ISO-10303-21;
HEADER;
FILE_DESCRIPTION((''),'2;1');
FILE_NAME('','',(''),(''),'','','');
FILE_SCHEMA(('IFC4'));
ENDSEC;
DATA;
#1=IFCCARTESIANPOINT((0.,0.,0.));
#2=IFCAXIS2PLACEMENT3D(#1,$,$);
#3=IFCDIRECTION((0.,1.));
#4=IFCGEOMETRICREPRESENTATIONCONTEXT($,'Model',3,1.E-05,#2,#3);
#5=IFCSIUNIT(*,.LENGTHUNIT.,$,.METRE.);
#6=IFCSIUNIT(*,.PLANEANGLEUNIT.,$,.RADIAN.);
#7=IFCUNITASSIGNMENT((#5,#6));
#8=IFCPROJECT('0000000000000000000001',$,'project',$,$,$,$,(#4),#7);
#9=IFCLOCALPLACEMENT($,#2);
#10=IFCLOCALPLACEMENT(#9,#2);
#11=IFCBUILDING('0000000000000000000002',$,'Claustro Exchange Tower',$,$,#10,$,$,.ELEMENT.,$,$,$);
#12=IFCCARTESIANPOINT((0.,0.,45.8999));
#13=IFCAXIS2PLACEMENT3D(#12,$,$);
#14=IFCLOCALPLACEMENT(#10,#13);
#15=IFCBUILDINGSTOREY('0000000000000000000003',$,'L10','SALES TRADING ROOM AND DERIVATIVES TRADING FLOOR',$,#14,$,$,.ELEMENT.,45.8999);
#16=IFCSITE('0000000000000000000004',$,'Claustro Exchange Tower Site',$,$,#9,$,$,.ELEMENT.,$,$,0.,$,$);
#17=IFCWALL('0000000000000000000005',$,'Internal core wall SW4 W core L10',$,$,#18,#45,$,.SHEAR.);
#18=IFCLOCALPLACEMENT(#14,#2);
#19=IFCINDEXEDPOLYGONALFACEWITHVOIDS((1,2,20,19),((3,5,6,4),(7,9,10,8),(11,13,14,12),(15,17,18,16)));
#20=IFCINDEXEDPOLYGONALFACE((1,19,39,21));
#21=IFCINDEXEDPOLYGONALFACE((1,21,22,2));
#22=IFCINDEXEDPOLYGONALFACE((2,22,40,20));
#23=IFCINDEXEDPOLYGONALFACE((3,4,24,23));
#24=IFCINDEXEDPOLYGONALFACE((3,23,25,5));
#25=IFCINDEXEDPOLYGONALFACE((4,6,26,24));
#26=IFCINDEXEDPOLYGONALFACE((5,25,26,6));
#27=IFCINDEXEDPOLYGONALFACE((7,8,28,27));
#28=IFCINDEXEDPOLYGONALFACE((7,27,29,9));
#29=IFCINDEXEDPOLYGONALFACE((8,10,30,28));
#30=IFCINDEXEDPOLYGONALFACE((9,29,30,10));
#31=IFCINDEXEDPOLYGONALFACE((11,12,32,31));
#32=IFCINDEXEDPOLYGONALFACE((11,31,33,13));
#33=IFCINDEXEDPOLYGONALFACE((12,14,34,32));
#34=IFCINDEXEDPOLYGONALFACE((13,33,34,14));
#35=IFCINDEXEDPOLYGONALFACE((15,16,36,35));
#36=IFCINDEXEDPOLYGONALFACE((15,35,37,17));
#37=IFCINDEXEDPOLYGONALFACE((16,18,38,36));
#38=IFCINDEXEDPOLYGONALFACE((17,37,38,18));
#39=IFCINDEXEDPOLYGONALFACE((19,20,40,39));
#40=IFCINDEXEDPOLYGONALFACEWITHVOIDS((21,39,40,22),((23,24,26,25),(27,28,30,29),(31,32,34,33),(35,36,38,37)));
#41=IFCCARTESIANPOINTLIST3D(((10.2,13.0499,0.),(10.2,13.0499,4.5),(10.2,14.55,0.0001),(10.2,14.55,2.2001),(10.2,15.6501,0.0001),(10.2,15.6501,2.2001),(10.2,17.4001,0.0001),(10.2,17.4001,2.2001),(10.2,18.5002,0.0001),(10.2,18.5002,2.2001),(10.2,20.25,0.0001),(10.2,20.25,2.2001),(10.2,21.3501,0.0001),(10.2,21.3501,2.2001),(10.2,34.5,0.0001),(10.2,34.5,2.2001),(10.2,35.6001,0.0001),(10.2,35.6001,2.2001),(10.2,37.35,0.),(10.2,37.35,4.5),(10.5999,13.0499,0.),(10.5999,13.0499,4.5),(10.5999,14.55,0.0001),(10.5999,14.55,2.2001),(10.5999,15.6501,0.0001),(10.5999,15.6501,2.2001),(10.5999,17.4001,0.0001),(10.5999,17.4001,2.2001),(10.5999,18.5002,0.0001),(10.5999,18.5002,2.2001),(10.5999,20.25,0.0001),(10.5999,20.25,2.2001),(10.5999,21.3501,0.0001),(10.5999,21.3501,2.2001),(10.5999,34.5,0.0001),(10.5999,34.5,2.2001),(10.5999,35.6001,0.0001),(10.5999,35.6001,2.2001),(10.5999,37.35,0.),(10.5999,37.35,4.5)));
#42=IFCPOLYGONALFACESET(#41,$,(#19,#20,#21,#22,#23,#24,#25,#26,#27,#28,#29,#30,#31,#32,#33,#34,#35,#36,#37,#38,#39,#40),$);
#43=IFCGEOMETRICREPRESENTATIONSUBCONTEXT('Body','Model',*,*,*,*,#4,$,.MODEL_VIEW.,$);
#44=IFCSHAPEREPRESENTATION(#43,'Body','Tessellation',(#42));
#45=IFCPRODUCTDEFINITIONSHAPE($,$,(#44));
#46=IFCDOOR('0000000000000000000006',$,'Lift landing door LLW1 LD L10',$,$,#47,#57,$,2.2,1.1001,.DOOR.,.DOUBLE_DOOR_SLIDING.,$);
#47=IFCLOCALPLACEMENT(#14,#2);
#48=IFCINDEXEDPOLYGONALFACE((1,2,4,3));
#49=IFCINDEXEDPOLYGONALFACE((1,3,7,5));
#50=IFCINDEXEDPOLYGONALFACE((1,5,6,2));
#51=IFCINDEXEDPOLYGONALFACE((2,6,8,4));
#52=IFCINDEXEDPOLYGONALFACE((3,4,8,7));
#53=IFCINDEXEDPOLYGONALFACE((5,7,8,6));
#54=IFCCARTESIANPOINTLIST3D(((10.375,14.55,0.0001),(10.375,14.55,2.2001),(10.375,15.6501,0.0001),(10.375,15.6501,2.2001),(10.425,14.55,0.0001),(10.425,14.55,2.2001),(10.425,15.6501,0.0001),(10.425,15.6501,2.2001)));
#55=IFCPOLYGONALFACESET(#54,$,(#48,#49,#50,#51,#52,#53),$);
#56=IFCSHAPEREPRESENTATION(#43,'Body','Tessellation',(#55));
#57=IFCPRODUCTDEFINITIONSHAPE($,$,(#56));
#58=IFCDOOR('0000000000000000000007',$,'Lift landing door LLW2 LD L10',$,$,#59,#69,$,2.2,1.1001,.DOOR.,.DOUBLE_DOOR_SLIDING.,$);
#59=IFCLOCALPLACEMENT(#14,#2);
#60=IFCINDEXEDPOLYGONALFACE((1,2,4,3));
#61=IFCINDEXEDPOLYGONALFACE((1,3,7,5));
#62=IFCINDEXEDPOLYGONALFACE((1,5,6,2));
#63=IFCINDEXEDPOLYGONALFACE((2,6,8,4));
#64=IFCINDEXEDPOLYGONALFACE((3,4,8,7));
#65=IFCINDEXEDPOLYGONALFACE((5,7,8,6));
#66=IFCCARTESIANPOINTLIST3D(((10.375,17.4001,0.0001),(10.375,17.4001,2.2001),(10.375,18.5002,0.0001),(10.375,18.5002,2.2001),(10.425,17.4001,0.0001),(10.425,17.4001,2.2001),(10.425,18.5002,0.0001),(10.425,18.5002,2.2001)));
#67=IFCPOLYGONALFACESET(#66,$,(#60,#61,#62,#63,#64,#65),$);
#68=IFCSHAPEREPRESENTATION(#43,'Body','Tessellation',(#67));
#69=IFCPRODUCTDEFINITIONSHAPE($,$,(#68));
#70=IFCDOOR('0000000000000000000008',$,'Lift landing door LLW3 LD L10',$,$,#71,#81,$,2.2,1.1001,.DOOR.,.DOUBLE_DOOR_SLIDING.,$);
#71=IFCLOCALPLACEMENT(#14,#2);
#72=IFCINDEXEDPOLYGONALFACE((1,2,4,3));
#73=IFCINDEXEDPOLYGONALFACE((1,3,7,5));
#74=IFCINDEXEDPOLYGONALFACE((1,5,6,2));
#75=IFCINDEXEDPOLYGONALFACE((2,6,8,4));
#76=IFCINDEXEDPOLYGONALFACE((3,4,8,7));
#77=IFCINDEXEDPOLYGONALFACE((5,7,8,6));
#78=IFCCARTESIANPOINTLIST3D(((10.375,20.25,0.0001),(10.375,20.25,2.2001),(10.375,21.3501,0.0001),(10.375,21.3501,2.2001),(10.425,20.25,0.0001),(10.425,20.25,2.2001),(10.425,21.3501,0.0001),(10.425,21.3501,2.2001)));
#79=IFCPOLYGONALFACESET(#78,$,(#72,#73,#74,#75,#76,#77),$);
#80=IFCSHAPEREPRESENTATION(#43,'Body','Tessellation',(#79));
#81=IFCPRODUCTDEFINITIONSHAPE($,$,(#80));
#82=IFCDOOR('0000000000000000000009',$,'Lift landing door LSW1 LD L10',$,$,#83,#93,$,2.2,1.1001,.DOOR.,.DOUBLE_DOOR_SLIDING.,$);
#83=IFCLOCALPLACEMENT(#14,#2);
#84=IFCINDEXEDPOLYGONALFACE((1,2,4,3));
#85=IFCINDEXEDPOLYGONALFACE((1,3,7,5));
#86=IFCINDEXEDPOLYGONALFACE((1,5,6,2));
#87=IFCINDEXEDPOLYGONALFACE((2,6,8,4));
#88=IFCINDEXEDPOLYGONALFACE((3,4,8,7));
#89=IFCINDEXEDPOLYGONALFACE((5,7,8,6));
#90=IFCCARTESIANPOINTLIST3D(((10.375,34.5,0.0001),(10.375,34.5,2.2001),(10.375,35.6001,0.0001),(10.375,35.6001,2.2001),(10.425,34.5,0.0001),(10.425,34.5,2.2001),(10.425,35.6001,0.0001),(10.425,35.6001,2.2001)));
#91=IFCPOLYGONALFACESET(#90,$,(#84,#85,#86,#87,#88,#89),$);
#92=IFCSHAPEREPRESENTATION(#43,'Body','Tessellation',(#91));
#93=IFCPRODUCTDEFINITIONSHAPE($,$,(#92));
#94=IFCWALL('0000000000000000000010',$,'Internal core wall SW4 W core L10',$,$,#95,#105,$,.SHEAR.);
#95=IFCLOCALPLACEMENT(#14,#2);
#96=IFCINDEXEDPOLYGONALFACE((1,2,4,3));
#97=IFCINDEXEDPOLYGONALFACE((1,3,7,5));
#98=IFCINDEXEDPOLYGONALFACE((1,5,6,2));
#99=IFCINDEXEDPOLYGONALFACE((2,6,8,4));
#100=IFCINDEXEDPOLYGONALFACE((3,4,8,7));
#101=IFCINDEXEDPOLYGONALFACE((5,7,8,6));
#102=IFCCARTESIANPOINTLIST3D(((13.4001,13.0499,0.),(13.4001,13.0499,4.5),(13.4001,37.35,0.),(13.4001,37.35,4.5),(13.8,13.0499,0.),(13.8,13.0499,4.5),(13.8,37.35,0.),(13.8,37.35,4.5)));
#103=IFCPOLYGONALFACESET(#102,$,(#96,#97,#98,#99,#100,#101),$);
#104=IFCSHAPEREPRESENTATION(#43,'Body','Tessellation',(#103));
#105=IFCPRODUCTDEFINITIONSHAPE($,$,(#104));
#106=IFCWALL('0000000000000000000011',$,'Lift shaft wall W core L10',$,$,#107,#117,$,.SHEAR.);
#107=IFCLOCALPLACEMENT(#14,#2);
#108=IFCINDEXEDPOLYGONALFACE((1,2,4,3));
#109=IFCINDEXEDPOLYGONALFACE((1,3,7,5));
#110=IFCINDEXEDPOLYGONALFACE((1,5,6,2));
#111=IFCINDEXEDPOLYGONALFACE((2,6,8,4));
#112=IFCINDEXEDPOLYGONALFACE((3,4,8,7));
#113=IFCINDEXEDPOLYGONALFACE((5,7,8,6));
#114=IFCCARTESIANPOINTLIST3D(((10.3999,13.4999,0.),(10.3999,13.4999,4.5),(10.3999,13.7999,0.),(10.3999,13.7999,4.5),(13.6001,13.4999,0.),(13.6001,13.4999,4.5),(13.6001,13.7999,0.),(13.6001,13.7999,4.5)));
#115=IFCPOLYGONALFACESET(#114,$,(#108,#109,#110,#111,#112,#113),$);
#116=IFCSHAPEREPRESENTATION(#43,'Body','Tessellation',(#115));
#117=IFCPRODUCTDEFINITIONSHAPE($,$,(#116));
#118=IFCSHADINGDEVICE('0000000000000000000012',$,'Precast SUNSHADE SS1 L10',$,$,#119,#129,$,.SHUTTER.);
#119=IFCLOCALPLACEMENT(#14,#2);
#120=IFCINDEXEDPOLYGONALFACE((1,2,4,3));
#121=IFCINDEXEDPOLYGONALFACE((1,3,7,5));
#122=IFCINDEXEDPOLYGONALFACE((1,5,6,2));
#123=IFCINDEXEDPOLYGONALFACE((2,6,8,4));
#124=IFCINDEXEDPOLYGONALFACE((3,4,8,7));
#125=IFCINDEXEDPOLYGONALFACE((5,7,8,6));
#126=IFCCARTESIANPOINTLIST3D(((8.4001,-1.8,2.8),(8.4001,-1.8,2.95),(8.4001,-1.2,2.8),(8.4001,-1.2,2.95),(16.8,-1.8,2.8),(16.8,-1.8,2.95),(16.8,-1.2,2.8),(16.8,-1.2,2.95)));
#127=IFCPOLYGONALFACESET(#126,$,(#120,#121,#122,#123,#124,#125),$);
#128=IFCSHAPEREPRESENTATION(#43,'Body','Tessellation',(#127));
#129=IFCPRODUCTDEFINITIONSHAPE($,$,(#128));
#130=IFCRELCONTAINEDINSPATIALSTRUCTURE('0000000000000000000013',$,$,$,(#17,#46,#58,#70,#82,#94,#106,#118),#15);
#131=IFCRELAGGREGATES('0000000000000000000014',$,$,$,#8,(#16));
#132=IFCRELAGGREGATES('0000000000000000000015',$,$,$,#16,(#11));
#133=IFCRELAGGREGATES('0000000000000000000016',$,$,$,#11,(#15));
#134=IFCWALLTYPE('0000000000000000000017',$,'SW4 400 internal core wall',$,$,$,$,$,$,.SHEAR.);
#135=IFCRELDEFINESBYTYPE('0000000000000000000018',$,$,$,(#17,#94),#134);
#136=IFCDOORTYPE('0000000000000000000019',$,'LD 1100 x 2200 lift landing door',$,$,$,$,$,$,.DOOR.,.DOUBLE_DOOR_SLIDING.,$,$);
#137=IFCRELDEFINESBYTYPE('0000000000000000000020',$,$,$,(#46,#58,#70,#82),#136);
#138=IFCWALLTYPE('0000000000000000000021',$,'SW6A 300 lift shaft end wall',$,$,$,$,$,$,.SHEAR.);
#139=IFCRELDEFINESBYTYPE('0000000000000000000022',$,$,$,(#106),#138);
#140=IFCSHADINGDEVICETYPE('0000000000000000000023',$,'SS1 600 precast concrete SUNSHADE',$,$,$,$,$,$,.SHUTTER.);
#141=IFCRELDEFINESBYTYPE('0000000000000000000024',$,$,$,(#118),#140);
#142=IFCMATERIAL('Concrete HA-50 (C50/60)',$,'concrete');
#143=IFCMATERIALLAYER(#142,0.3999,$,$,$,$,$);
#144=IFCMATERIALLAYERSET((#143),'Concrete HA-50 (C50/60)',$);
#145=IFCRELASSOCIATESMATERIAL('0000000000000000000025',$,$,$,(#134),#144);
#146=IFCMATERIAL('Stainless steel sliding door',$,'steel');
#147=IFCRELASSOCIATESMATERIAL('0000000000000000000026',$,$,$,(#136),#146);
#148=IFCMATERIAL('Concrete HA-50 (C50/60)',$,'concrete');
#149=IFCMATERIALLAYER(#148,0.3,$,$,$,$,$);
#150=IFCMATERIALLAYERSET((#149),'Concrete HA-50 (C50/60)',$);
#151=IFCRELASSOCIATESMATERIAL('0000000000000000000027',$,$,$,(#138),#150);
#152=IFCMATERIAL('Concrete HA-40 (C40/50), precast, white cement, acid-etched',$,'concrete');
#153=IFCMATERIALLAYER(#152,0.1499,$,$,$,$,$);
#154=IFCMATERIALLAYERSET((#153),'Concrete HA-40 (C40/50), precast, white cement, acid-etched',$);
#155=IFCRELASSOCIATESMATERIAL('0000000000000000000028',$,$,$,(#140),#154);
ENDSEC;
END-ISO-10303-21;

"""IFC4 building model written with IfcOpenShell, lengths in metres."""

from ifc_helpers import new_model, si_unit, direction, frame, frame_2d, origin, origin_2d, place, context, subcontext, project, spatial, rectangle, extrude, material, layer, layer_set, type_object, element, fill, save


model = new_model("IFC4")

# Units and contexts
model_context = context("Model", 3, precision=1e-05, world=origin(), true_north=direction((0.0, 1.0)))
body_context = subcontext(model_context, "Body", "Model", "MODEL_VIEW")
ifc_project = project(units=[si_unit("LENGTHUNIT", "METRE"), si_unit("PLANEANGLEUNIT", "RADIAN")], contexts=[model_context])

# Site, building, storey
site_placement = place(None, origin())
site = spatial("IfcSite", under=ifc_project, at=site_placement, Name="Claustro Exchange Tower Site", CompositionType="ELEMENT", RefElevation=0.0)
building_placement = place(site_placement, origin())
building = spatial("IfcBuilding", under=site, at=building_placement, Name="Claustro Exchange Tower", CompositionType="ELEMENT")
storey_placement = place(building_placement, frame((0.0, 0.0, 45.8999)))
storey = spatial("IfcBuildingStorey", under=building, at=storey_placement, Name="L10", Description="SALES TRADING ROOM AND DERIVATIVES TRADING FLOOR", CompositionType="ELEMENT", Elevation=45.8999)

# Wall, openings, doors
ifc_material_1 = material(Name="Concrete HA-50 (C50/60)", Category="concrete")
ifc_layer_1 = layer(ifc_material_1, 0.3999)
ifc_layer_set_1 = layer_set([ifc_layer_1], Name="Concrete HA-50 (C50/60)")
wall_type_1 = type_object("IfcWallType", Name="SW4 400 internal core wall", PredefinedType="SHEAR", material=ifc_layer_set_1)
wall_1_placement = place(storey_placement, frame((10.3999, 13.05, 0.0), z_axis=(0.0, 0.0, 1.0), x_axis=(0.0, 1.0, 0.0)))
wall_1 = element("IfcWall", 1, at=wall_1_placement, inside=storey, type_object=wall_type_1, Name="Internal core wall SW4 W core L10", PredefinedType="SHEAR", context=body_context, shape_type="SweptSolid", body=[
    extrude(rectangle(XDim=24.3, YDim=0.3999, at=frame_2d((12.1499, 0.0))), origin(), (0.0, 0.0, 1.0), 4.5),
])
opening_1_placement = place(wall_1_placement, frame((1.5, 0.0, 0.0)))
opening_1 = element("IfcOpeningElement", 2, at=opening_1_placement, cuts=wall_1, PredefinedType="OPENING", context=body_context, shape_type="SweptSolid", body=[
    extrude(rectangle(XDim=1.1001, YDim=2.2, at=frame_2d((0.55, 1.1001))), frame((0.0, 0.21, 0.0), z_axis=(0.0, -1.0, 0.0), x_axis=(1.0, 0.0, 0.0)), (0.0, 0.0, 1.0), 0.4199),
])
opening_2_placement = place(wall_1_placement, frame((4.3501, 0.0, 0.0)))
opening_2 = element("IfcOpeningElement", 3, at=opening_2_placement, cuts=wall_1, PredefinedType="OPENING", context=body_context, shape_type="SweptSolid", body=[
    extrude(rectangle(XDim=1.1001, YDim=2.2, at=frame_2d((0.55, 1.1001))), frame((0.0, 0.21, 0.0), z_axis=(0.0, -1.0, 0.0), x_axis=(1.0, 0.0, 0.0)), (0.0, 0.0, 1.0), 0.4199),
])
opening_3_placement = place(wall_1_placement, frame((7.2, 0.0, 0.0)))
opening_3 = element("IfcOpeningElement", 4, at=opening_3_placement, cuts=wall_1, PredefinedType="OPENING", context=body_context, shape_type="SweptSolid", body=[
    extrude(rectangle(XDim=1.1001, YDim=2.2, at=frame_2d((0.55, 1.1001))), frame((0.0, 0.21, 0.0), z_axis=(0.0, -1.0, 0.0), x_axis=(1.0, 0.0, 0.0)), (0.0, 0.0, 1.0), 0.4199),
])
opening_4_placement = place(wall_1_placement, frame((21.45, 0.0, 0.0)))
opening_4 = element("IfcOpeningElement", 5, at=opening_4_placement, cuts=wall_1, PredefinedType="OPENING", context=body_context, shape_type="SweptSolid", body=[
    extrude(rectangle(XDim=1.1001, YDim=2.2, at=frame_2d((0.55, 1.1001))), frame((0.0, 0.21, 0.0), z_axis=(0.0, -1.0, 0.0), x_axis=(1.0, 0.0, 0.0)), (0.0, 0.0, 1.0), 0.4199),
])
ifc_material_2 = material(Name="Stainless steel sliding door", Category="steel")
door_type_1 = type_object("IfcDoorType", Name="LD 1100 x 2200 lift landing door", OperationType="DOUBLE_DOOR_SLIDING", PredefinedType="DOOR", material=ifc_material_2)
door_1_placement = place(opening_1_placement, origin())
door_1 = element("IfcDoor", 6, at=door_1_placement, inside=storey, type_object=door_type_1, Name="Lift landing door LLW1 LD L10", OperationType="DOUBLE_DOOR_SLIDING", OverallHeight=2.2, OverallWidth=1.1001, PredefinedType="DOOR", context=body_context, shape_type="SweptSolid", body=[
    extrude(rectangle(XDim=1.1001, YDim=2.2, at=frame_2d((0.55, 1.1001))), frame((0.0, 0.0249, 0.0), z_axis=(0.0, -1.0, 0.0), x_axis=(1.0, 0.0, 0.0)), (0.0, 0.0, 1.0), 0.05),
])
fill(opening_1, door_1)
door_2_placement = place(opening_2_placement, origin())
door_2 = element("IfcDoor", 7, at=door_2_placement, inside=storey, type_object=door_type_1, Name="Lift landing door LLW2 LD L10", OperationType="DOUBLE_DOOR_SLIDING", OverallHeight=2.2, OverallWidth=1.1001, PredefinedType="DOOR", context=body_context, shape_type="SweptSolid", body=[
    extrude(rectangle(XDim=1.1001, YDim=2.2, at=frame_2d((0.55, 1.1001))), frame((0.0, 0.0249, 0.0), z_axis=(0.0, -1.0, 0.0), x_axis=(1.0, 0.0, 0.0)), (0.0, 0.0, 1.0), 0.05),
])
fill(opening_2, door_2)
door_3_placement = place(opening_3_placement, origin())
door_3 = element("IfcDoor", 8, at=door_3_placement, inside=storey, type_object=door_type_1, Name="Lift landing door LLW3 LD L10", OperationType="DOUBLE_DOOR_SLIDING", OverallHeight=2.2, OverallWidth=1.1001, PredefinedType="DOOR", context=body_context, shape_type="SweptSolid", body=[
    extrude(rectangle(XDim=1.1001, YDim=2.2, at=frame_2d((0.55, 1.1001))), frame((0.0, 0.0249, 0.0), z_axis=(0.0, -1.0, 0.0), x_axis=(1.0, 0.0, 0.0)), (0.0, 0.0, 1.0), 0.05),
])
fill(opening_3, door_3)
door_4_placement = place(opening_4_placement, origin())
door_4 = element("IfcDoor", 9, at=door_4_placement, inside=storey, type_object=door_type_1, Name="Lift landing door LSW1 LD L10", OperationType="DOUBLE_DOOR_SLIDING", OverallHeight=2.2, OverallWidth=1.1001, PredefinedType="DOOR", context=body_context, shape_type="SweptSolid", body=[
    extrude(rectangle(XDim=1.1001, YDim=2.2, at=frame_2d((0.55, 1.1001))), frame((0.0, 0.0249, 0.0), z_axis=(0.0, -1.0, 0.0), x_axis=(1.0, 0.0, 0.0)), (0.0, 0.0, 1.0), 0.05),
])
fill(opening_4, door_4)

# Walls
wall_2_placement = place(storey_placement, frame((13.6001, 13.05, 0.0), z_axis=(0.0, 0.0, 1.0), x_axis=(0.0, 1.0, 0.0)))
element("IfcWall", 10, at=wall_2_placement, inside=storey, type_object=wall_type_1, Name="Internal core wall SW4 W core L10", PredefinedType="SHEAR", context=body_context, shape_type="SweptSolid", body=[
    extrude(rectangle(XDim=24.3, YDim=0.3999, at=frame_2d((12.1499, 0.0))), origin(), (0.0, 0.0, 1.0), 4.5),
])
ifc_material_3 = material(Name="Concrete HA-50 (C50/60)", Category="concrete")
ifc_layer_2 = layer(ifc_material_3, 0.3)
ifc_layer_set_2 = layer_set([ifc_layer_2], Name="Concrete HA-50 (C50/60)")
wall_type_2 = type_object("IfcWallType", Name="SW6A 300 lift shaft end wall", PredefinedType="SHEAR", material=ifc_layer_set_2)
wall_3_placement = place(storey_placement, frame((10.3999, 13.6499, 0.0), z_axis=(0.0, 0.0, 1.0), x_axis=(1.0, 0.0, 0.0)))
element("IfcWall", 11, at=wall_3_placement, inside=storey, type_object=wall_type_2, Name="Lift shaft wall W core L10", PredefinedType="SHEAR", context=body_context, shape_type="SweptSolid", body=[
    extrude(rectangle(XDim=3.2002, YDim=0.3, at=frame_2d((1.6001, 0.0))), origin(), (0.0, 0.0, 1.0), 4.5),
])

# Shading device
ifc_material_4 = material(Name="Concrete HA-40 (C40/50), precast, white cement, acid-etched", Category="concrete")
ifc_layer_3 = layer(ifc_material_4, 0.1499)
ifc_layer_set_3 = layer_set([ifc_layer_3], Name="Concrete HA-40 (C40/50), precast, white cement, acid-etched")
shading_device_type = type_object("IfcShadingDeviceType", Name="SS1 600 precast concrete SUNSHADE", PredefinedType="SHUTTER", material=ifc_layer_set_3)
shading_device_placement = place(storey_placement, frame((12.6001, -1.5, 2.8), z_axis=(0.0, 0.0, 1.0), x_axis=(-1.0, 0.0, 0.0)))
element("IfcShadingDevice", 12, at=shading_device_placement, inside=storey, type_object=shading_device_type, Name="Precast SUNSHADE SS1 L10", PredefinedType="SHUTTER", context=body_context, shape_type="SweptSolid", body=[
    extrude(rectangle(XDim=8.3999, YDim=0.6001, at=origin_2d()), origin(), (0.0, 0.0, 1.0), 0.1499),
])

save(model, "model.ifc")
